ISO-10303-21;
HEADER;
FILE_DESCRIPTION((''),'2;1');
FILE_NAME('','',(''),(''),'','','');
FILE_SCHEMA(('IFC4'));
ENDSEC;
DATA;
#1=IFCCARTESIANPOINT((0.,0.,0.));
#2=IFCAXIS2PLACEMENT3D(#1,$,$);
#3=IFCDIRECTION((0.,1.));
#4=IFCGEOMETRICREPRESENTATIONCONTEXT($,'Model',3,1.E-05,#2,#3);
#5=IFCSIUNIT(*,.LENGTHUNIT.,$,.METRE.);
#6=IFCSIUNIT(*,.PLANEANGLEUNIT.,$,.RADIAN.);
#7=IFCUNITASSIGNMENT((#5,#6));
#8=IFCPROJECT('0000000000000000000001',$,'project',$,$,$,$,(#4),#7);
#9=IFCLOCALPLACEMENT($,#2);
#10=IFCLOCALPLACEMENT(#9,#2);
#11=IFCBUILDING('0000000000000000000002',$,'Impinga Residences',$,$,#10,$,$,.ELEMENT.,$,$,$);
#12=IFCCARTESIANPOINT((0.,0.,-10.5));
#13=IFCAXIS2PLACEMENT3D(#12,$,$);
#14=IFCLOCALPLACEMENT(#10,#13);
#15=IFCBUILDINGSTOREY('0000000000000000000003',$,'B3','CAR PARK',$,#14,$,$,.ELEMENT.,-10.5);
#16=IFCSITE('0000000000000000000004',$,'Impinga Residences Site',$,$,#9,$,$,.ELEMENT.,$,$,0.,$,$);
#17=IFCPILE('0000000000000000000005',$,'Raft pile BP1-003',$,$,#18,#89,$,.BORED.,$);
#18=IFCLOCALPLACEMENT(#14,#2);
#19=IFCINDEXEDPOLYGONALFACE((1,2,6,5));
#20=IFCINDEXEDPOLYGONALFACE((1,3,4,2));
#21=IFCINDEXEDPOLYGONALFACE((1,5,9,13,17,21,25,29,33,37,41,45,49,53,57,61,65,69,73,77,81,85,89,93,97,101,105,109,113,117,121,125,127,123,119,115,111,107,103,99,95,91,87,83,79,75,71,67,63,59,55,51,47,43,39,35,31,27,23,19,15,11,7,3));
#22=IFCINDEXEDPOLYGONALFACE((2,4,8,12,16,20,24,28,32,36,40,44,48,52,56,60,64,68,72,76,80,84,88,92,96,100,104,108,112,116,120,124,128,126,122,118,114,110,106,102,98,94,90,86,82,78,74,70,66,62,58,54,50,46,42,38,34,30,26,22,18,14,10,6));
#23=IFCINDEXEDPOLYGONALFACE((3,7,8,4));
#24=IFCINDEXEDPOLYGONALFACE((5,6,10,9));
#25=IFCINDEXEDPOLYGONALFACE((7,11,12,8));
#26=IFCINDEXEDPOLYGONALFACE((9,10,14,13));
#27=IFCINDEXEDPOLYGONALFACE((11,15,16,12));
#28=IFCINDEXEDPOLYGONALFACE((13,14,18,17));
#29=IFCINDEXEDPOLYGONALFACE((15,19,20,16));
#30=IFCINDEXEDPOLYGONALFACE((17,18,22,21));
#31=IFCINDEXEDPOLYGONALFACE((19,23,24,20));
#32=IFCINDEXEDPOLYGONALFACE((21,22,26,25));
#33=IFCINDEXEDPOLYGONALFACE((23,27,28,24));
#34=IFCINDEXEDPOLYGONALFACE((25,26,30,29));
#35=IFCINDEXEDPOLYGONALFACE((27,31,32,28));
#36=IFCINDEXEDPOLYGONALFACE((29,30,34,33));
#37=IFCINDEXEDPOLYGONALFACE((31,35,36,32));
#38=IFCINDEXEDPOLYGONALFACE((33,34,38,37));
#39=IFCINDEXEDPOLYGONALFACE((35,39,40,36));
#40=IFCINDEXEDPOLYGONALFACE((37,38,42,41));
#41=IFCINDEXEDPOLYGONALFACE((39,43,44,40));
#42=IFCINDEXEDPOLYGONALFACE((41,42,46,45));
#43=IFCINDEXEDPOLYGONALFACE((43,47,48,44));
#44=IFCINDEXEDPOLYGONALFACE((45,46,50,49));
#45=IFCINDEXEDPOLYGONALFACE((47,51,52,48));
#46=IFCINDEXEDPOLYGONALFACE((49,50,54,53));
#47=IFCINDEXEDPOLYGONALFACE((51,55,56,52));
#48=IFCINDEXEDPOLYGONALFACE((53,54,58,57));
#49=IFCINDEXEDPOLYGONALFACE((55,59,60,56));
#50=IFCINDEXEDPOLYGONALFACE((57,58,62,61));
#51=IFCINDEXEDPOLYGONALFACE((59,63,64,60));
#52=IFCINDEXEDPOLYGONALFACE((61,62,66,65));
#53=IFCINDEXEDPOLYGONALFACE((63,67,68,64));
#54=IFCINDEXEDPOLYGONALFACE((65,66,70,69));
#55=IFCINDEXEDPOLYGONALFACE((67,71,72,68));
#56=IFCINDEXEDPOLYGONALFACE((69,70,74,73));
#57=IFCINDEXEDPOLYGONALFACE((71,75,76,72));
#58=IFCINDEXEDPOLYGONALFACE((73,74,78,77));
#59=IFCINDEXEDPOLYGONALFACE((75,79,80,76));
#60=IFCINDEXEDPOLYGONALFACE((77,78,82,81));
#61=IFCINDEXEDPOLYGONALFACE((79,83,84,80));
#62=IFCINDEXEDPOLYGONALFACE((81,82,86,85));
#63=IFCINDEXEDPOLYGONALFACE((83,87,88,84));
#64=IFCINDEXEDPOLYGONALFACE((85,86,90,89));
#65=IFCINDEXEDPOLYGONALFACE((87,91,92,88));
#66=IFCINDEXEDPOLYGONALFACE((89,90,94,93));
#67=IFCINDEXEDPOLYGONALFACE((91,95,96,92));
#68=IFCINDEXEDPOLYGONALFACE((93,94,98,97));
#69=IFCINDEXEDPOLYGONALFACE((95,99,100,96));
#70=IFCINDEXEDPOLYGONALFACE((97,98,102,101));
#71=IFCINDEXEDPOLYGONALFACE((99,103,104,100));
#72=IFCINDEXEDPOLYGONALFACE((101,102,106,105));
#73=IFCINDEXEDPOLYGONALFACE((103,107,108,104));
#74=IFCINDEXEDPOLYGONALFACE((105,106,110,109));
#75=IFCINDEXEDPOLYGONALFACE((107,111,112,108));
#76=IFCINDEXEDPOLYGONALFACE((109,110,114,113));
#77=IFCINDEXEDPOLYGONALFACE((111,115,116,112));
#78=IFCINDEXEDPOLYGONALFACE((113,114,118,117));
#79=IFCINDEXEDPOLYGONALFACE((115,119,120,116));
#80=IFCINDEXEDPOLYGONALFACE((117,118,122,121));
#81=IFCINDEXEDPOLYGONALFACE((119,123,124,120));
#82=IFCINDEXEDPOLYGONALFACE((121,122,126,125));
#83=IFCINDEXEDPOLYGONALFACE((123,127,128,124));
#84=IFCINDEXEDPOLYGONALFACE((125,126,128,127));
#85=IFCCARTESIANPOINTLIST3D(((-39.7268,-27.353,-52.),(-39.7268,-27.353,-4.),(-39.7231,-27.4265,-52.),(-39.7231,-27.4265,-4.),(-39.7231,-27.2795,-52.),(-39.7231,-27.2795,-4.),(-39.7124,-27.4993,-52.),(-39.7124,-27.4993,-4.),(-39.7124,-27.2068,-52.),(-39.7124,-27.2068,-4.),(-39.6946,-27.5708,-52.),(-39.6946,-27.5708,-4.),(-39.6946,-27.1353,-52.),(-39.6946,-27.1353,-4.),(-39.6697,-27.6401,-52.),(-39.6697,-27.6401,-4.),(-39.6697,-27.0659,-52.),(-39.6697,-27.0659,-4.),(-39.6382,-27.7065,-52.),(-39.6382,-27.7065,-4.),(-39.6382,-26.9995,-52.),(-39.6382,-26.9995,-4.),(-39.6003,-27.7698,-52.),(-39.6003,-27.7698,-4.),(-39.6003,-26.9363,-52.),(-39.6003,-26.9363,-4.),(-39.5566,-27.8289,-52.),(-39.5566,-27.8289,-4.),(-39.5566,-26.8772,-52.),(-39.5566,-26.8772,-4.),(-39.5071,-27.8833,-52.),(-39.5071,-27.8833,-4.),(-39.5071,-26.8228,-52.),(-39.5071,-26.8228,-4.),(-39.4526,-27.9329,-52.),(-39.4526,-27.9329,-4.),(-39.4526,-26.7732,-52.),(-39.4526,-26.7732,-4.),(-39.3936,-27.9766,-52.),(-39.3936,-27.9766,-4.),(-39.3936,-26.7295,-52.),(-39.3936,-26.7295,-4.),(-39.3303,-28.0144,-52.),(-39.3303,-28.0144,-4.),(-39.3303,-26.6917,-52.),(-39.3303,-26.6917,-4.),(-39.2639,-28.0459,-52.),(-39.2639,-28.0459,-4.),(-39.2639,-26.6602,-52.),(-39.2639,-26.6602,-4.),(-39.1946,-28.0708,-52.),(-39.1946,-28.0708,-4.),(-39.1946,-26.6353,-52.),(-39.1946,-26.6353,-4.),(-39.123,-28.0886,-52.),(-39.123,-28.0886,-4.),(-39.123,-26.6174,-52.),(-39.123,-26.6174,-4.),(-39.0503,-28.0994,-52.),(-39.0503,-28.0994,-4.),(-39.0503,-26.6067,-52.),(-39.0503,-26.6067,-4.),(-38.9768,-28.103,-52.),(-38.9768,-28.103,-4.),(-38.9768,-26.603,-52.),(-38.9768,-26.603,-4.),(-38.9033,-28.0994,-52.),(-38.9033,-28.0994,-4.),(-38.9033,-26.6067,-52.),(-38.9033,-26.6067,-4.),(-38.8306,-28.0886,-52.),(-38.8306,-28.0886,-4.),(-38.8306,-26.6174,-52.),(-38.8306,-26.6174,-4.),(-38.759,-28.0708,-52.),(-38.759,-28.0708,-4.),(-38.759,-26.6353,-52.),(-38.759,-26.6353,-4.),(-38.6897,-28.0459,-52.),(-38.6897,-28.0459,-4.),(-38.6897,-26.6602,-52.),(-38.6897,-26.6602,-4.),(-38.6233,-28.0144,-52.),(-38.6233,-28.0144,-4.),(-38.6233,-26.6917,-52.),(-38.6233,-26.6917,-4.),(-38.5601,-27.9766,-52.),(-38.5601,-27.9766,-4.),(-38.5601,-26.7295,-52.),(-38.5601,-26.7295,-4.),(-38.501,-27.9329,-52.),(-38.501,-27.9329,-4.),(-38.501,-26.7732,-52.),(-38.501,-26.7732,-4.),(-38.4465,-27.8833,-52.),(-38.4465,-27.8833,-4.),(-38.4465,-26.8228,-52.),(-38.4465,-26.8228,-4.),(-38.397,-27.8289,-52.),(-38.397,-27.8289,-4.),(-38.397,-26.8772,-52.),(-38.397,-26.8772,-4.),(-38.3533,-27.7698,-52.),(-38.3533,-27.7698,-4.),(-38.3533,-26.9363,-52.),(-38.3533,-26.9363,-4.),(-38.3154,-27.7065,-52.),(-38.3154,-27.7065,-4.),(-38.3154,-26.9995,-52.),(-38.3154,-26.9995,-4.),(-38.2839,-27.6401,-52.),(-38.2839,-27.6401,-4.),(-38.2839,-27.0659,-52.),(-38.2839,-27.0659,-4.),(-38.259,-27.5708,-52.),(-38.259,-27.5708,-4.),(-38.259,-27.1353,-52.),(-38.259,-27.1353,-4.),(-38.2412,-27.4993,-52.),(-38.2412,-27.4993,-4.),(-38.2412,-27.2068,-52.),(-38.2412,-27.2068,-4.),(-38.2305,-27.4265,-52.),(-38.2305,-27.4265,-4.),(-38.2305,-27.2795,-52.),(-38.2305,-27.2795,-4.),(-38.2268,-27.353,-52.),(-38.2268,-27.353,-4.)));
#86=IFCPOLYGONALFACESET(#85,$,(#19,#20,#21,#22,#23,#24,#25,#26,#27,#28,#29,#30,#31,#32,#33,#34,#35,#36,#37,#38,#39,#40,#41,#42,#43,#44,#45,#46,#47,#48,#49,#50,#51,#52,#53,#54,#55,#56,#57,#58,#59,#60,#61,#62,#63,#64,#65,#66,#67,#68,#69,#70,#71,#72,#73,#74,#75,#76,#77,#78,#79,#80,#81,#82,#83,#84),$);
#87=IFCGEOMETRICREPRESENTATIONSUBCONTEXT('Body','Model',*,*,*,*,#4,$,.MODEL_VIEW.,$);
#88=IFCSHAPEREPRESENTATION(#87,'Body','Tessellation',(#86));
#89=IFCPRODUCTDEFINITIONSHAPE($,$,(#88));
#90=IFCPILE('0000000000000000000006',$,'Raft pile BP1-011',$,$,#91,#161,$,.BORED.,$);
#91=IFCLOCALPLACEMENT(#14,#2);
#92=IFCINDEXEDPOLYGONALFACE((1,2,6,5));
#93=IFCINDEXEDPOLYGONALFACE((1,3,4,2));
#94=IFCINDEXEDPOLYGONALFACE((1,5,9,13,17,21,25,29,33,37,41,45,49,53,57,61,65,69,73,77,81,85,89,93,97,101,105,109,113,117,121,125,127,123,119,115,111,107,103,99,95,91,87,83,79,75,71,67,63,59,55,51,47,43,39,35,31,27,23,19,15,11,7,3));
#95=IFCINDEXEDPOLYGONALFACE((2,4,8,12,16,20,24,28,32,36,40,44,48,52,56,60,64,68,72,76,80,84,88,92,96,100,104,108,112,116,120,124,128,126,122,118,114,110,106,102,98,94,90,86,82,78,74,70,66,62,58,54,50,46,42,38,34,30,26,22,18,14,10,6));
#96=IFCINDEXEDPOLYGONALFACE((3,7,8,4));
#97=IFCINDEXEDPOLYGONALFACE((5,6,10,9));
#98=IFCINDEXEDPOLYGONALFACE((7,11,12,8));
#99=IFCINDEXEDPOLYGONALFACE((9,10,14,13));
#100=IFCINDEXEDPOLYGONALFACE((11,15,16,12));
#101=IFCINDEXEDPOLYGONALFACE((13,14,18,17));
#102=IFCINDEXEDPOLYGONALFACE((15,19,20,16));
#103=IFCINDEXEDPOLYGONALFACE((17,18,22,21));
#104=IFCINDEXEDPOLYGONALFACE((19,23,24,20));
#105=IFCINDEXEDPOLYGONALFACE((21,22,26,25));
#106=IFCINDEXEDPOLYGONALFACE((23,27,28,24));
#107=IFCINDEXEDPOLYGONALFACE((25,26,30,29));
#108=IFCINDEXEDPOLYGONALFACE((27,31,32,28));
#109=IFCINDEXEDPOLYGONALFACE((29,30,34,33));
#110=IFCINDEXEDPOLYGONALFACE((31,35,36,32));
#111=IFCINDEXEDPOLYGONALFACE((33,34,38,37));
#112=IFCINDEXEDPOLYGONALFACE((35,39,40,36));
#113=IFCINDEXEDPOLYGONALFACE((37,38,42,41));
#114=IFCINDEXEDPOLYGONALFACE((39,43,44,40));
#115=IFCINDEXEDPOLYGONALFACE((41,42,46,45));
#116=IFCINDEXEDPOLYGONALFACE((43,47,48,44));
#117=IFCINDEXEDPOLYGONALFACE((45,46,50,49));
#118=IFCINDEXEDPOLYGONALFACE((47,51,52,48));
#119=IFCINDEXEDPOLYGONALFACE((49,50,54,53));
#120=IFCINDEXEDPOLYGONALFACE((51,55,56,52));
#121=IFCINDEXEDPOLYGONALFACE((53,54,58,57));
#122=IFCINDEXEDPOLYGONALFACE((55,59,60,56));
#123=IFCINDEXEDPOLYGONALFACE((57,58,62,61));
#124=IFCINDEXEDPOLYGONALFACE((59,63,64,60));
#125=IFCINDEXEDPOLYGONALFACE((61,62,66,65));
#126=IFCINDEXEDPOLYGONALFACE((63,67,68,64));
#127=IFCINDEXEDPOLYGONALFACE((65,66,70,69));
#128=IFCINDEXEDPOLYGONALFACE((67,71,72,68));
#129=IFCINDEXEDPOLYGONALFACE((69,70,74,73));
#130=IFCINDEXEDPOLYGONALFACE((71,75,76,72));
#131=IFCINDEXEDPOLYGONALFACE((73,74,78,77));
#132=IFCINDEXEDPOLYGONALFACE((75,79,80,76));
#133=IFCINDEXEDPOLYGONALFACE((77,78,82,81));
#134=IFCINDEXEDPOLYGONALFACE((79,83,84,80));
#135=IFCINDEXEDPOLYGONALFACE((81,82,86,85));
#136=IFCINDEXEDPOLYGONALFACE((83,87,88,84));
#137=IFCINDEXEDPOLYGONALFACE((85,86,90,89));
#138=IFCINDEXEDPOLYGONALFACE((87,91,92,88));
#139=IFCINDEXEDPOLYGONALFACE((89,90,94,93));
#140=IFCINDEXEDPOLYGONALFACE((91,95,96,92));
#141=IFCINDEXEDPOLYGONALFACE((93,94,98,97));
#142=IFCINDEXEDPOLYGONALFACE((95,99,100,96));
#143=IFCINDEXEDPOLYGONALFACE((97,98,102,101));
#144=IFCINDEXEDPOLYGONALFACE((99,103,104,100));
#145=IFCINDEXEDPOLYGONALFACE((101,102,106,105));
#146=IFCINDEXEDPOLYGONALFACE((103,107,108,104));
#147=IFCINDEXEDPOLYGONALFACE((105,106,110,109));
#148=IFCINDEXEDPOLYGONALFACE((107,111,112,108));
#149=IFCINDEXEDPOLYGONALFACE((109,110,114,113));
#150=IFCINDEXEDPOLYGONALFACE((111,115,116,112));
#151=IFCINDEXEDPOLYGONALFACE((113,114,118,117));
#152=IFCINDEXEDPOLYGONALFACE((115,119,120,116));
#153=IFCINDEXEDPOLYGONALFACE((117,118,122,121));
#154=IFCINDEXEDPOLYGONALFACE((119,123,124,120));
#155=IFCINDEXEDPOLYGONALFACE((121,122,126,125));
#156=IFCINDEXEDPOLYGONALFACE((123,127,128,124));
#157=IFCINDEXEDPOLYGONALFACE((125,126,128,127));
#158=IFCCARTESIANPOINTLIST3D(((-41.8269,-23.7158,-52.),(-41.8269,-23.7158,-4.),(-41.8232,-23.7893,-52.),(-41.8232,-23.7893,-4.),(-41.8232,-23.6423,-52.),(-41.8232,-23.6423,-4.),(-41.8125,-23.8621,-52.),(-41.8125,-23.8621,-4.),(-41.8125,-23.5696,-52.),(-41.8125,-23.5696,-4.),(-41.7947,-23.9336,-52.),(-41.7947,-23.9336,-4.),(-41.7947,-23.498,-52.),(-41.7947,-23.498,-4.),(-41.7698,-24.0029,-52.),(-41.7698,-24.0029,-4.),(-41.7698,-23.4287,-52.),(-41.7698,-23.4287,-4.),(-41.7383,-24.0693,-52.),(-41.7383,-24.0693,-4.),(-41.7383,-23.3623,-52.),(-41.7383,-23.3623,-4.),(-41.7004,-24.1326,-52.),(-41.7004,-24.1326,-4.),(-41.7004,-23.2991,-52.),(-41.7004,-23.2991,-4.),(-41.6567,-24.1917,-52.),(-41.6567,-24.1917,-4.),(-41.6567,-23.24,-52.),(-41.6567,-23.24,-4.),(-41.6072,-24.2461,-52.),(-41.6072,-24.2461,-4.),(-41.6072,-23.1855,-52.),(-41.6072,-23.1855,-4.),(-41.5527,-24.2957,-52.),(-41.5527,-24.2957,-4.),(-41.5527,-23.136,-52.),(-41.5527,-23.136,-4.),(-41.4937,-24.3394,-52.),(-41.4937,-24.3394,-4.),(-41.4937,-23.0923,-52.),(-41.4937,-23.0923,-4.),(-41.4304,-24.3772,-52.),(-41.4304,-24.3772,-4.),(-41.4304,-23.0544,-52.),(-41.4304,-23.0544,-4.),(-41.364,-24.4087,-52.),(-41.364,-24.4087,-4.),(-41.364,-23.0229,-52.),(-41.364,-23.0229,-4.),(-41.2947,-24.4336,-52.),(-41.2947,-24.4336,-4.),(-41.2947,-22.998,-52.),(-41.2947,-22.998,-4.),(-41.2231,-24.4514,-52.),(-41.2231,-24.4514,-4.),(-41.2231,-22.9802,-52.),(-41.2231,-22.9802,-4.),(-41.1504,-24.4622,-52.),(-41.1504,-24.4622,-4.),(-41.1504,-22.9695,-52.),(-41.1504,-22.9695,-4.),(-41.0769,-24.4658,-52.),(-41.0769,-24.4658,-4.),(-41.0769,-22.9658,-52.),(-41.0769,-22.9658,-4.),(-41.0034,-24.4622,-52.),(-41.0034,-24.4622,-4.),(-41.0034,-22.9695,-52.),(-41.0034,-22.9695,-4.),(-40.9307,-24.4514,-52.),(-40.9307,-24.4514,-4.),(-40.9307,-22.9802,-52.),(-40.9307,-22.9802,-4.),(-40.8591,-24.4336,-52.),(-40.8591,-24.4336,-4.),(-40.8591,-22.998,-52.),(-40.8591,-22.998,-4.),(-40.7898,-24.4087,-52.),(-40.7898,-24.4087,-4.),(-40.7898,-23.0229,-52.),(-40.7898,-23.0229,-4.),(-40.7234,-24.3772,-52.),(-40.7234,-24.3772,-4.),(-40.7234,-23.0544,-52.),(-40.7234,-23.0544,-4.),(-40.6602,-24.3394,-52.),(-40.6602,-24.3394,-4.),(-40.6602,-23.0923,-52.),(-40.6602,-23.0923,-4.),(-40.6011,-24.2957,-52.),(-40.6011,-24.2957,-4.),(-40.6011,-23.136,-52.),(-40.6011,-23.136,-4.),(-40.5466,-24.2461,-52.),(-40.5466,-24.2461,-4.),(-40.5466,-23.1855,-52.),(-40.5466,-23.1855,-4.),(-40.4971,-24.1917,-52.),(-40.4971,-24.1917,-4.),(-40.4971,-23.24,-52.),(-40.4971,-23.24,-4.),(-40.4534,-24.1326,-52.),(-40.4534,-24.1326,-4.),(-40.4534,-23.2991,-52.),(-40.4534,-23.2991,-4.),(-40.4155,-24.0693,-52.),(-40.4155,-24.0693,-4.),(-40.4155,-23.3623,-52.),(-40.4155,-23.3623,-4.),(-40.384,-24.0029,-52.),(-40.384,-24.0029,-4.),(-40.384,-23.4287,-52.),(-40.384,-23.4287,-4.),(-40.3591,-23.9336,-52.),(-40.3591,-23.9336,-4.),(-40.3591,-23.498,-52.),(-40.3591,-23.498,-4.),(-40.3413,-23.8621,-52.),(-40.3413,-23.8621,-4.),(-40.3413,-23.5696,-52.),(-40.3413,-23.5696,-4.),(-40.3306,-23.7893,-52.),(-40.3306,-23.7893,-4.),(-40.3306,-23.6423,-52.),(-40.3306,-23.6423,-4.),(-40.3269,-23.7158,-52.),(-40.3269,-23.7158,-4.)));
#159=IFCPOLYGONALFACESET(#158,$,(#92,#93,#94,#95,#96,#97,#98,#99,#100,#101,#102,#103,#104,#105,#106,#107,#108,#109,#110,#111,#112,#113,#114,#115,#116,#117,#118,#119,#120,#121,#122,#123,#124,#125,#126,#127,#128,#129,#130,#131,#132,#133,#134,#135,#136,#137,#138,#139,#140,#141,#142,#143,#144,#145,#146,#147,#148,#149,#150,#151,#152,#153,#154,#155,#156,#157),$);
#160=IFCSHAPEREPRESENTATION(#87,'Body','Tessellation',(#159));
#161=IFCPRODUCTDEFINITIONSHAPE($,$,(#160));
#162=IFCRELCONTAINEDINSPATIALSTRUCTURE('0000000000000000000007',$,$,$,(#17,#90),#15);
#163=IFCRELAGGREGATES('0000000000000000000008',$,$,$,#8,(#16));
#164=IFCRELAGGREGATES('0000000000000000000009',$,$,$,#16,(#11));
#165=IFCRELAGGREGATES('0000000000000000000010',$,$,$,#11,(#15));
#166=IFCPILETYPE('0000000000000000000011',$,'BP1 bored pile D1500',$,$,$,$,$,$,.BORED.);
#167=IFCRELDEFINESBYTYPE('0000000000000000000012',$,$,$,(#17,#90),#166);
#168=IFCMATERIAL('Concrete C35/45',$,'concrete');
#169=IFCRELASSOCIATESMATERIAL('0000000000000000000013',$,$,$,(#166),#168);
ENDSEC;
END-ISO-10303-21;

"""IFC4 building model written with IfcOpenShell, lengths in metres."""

from ifc_helpers import new_model, si_unit, direction, frame, origin, origin_2d, place, context, subcontext, project, spatial, polyline, circle, outline, extrude, material, material_profile, profile_set, type_object, element, save


model = new_model("IFC4")

# Units and contexts
model_context = context("Model", 3, precision=1e-05, world=origin(), true_north=direction((0.0, 1.0)))
body_context = subcontext(model_context, "Body", "Model", "MODEL_VIEW")
ifc_project = project(units=[si_unit("LENGTHUNIT", "METRE"), si_unit("PLANEANGLEUNIT", "RADIAN")], contexts=[model_context])

# Site, building, storey
site_placement = place(None, origin())
site = spatial("IfcSite", under=ifc_project, at=site_placement, Name="Impinga Residences Site", CompositionType="ELEMENT", RefElevation=0.0)
building_placement = place(site_placement, origin())
building = spatial("IfcBuilding", under=site, at=building_placement, Name="Impinga Residences", CompositionType="ELEMENT")
storey_placement = place(building_placement, frame((0.0, 0.0, -10.5)))
storey = spatial("IfcBuildingStorey", under=building, at=storey_placement, Name="B3", Description="CAR PARK", CompositionType="ELEMENT", Elevation=-10.5)

# Piles
ifc_material_1 = material(Name="Concrete C35/45", Category="concrete")
ifc_material_profile_1 = material_profile(ifc_material_1, circle(Radius=0.75, at=origin_2d()), Name="D1500")
ifc_profile_set_1 = profile_set([ifc_material_profile_1], Name="Concrete C35/45")
pile_type_1 = type_object("IfcPileType", Name="BP1 bored pile D1500", PredefinedType="BORED", material=ifc_profile_set_1)
pile_1_placement = place(storey_placement, frame((-38.9768, -27.353, -4.0), z_axis=(0.0, 0.0, -1.0), x_axis=(1.0, 0.0, 0.0)))
element("IfcPile", 1, at=pile_1_placement, inside=storey, type_object=pile_type_1, Name="Raft pile BP1-003", PredefinedType="BORED", context=body_context, shape_type="SweptSolid", body=[
    extrude(outline(polyline([(0.75, 0.0), (0.7463, 0.0735), (0.7356, 0.1462), (0.7178, 0.2178), (0.6929, 0.2871), (0.6614, 0.3535), (0.6235, 0.4167), (0.5798, 0.4758), (0.5303, 0.5303), (0.4758, 0.5798), (0.4167, 0.6235), (0.3535, 0.6614), (0.2871, 0.6929), (0.2178, 0.7178), (0.1462, 0.7356), (0.0735, 0.7463), (0.0, 0.75), (-0.0735, 0.7463), (-0.1462, 0.7356), (-0.2178, 0.7178), (-0.2871, 0.6929), (-0.3535, 0.6614), (-0.4167, 0.6235), (-0.4758, 0.5798), (-0.5303, 0.5303), (-0.5798, 0.4758), (-0.6235, 0.4167), (-0.6614, 0.3535), (-0.6929, 0.2871), (-0.7178, 0.2178), (-0.7356, 0.1462), (-0.7463, 0.0735), (-0.75, 0.0), (-0.7463, -0.0735), (-0.7356, -0.1462), (-0.7178, -0.2178), (-0.6929, -0.2871), (-0.6614, -0.3535), (-0.6235, -0.4167), (-0.5798, -0.4758), (-0.5303, -0.5303), (-0.4758, -0.5798), (-0.4167, -0.6235), (-0.3535, -0.6614), (-0.2871, -0.6929), (-0.2178, -0.7178), (-0.1462, -0.7356), (-0.0735, -0.7463), (0.0, -0.75), (0.0735, -0.7463), (0.1462, -0.7356), (0.2178, -0.7178), (0.2871, -0.6929), (0.3535, -0.6614), (0.4167, -0.6235), (0.4758, -0.5798), (0.5303, -0.5303), (0.5798, -0.4758), (0.6235, -0.4167), (0.6614, -0.3535), (0.6929, -0.2871), (0.7178, -0.2178), (0.7356, -0.1462), (0.7463, -0.0735), (0.75, 0.0)])), origin(), (0.0, 0.0, 1.0), 48.0),
])
pile_2_placement = place(storey_placement, frame((-41.0769, -23.7158, -4.0), z_axis=(0.0, 0.0, -1.0), x_axis=(1.0, 0.0, 0.0)))
element("IfcPile", 2, at=pile_2_placement, inside=storey, type_object=pile_type_1, Name="Raft pile BP1-011", PredefinedType="BORED", context=body_context, shape_type="SweptSolid", body=[
    extrude(outline(polyline([(0.75, 0.0), (0.7463, 0.0735), (0.7356, 0.1462), (0.7178, 0.2178), (0.6929, 0.2871), (0.6614, 0.3535), (0.6235, 0.4167), (0.5798, 0.4758), (0.5303, 0.5303), (0.4758, 0.5798), (0.4167, 0.6235), (0.3535, 0.6614), (0.2871, 0.6929), (0.2178, 0.7178), (0.1462, 0.7356), (0.0735, 0.7463), (0.0, 0.75), (-0.0735, 0.7463), (-0.1462, 0.7356), (-0.2178, 0.7178), (-0.2871, 0.6929), (-0.3535, 0.6614), (-0.4167, 0.6235), (-0.4758, 0.5798), (-0.5303, 0.5303), (-0.5798, 0.4758), (-0.6235, 0.4167), (-0.6614, 0.3535), (-0.6929, 0.2871), (-0.7178, 0.2178), (-0.7356, 0.1462), (-0.7463, 0.0735), (-0.75, 0.0), (-0.7463, -0.0735), (-0.7356, -0.1462), (-0.7178, -0.2178), (-0.6929, -0.2871), (-0.6614, -0.3535), (-0.6235, -0.4167), (-0.5798, -0.4758), (-0.5303, -0.5303), (-0.4758, -0.5798), (-0.4167, -0.6235), (-0.3535, -0.6614), (-0.2871, -0.6929), (-0.2178, -0.7178), (-0.1462, -0.7356), (-0.0735, -0.7463), (0.0, -0.75), (0.0735, -0.7463), (0.1462, -0.7356), (0.2178, -0.7178), (0.2871, -0.6929), (0.3535, -0.6614), (0.4167, -0.6235), (0.4758, -0.5798), (0.5303, -0.5303), (0.5798, -0.4758), (0.6235, -0.4167), (0.6614, -0.3535), (0.6929, -0.2871), (0.7178, -0.2178), (0.7356, -0.1462), (0.7463, -0.0735), (0.75, 0.0)])), origin(), (0.0, 0.0, 1.0), 48.0),
])

save(model, "model.ifc")
